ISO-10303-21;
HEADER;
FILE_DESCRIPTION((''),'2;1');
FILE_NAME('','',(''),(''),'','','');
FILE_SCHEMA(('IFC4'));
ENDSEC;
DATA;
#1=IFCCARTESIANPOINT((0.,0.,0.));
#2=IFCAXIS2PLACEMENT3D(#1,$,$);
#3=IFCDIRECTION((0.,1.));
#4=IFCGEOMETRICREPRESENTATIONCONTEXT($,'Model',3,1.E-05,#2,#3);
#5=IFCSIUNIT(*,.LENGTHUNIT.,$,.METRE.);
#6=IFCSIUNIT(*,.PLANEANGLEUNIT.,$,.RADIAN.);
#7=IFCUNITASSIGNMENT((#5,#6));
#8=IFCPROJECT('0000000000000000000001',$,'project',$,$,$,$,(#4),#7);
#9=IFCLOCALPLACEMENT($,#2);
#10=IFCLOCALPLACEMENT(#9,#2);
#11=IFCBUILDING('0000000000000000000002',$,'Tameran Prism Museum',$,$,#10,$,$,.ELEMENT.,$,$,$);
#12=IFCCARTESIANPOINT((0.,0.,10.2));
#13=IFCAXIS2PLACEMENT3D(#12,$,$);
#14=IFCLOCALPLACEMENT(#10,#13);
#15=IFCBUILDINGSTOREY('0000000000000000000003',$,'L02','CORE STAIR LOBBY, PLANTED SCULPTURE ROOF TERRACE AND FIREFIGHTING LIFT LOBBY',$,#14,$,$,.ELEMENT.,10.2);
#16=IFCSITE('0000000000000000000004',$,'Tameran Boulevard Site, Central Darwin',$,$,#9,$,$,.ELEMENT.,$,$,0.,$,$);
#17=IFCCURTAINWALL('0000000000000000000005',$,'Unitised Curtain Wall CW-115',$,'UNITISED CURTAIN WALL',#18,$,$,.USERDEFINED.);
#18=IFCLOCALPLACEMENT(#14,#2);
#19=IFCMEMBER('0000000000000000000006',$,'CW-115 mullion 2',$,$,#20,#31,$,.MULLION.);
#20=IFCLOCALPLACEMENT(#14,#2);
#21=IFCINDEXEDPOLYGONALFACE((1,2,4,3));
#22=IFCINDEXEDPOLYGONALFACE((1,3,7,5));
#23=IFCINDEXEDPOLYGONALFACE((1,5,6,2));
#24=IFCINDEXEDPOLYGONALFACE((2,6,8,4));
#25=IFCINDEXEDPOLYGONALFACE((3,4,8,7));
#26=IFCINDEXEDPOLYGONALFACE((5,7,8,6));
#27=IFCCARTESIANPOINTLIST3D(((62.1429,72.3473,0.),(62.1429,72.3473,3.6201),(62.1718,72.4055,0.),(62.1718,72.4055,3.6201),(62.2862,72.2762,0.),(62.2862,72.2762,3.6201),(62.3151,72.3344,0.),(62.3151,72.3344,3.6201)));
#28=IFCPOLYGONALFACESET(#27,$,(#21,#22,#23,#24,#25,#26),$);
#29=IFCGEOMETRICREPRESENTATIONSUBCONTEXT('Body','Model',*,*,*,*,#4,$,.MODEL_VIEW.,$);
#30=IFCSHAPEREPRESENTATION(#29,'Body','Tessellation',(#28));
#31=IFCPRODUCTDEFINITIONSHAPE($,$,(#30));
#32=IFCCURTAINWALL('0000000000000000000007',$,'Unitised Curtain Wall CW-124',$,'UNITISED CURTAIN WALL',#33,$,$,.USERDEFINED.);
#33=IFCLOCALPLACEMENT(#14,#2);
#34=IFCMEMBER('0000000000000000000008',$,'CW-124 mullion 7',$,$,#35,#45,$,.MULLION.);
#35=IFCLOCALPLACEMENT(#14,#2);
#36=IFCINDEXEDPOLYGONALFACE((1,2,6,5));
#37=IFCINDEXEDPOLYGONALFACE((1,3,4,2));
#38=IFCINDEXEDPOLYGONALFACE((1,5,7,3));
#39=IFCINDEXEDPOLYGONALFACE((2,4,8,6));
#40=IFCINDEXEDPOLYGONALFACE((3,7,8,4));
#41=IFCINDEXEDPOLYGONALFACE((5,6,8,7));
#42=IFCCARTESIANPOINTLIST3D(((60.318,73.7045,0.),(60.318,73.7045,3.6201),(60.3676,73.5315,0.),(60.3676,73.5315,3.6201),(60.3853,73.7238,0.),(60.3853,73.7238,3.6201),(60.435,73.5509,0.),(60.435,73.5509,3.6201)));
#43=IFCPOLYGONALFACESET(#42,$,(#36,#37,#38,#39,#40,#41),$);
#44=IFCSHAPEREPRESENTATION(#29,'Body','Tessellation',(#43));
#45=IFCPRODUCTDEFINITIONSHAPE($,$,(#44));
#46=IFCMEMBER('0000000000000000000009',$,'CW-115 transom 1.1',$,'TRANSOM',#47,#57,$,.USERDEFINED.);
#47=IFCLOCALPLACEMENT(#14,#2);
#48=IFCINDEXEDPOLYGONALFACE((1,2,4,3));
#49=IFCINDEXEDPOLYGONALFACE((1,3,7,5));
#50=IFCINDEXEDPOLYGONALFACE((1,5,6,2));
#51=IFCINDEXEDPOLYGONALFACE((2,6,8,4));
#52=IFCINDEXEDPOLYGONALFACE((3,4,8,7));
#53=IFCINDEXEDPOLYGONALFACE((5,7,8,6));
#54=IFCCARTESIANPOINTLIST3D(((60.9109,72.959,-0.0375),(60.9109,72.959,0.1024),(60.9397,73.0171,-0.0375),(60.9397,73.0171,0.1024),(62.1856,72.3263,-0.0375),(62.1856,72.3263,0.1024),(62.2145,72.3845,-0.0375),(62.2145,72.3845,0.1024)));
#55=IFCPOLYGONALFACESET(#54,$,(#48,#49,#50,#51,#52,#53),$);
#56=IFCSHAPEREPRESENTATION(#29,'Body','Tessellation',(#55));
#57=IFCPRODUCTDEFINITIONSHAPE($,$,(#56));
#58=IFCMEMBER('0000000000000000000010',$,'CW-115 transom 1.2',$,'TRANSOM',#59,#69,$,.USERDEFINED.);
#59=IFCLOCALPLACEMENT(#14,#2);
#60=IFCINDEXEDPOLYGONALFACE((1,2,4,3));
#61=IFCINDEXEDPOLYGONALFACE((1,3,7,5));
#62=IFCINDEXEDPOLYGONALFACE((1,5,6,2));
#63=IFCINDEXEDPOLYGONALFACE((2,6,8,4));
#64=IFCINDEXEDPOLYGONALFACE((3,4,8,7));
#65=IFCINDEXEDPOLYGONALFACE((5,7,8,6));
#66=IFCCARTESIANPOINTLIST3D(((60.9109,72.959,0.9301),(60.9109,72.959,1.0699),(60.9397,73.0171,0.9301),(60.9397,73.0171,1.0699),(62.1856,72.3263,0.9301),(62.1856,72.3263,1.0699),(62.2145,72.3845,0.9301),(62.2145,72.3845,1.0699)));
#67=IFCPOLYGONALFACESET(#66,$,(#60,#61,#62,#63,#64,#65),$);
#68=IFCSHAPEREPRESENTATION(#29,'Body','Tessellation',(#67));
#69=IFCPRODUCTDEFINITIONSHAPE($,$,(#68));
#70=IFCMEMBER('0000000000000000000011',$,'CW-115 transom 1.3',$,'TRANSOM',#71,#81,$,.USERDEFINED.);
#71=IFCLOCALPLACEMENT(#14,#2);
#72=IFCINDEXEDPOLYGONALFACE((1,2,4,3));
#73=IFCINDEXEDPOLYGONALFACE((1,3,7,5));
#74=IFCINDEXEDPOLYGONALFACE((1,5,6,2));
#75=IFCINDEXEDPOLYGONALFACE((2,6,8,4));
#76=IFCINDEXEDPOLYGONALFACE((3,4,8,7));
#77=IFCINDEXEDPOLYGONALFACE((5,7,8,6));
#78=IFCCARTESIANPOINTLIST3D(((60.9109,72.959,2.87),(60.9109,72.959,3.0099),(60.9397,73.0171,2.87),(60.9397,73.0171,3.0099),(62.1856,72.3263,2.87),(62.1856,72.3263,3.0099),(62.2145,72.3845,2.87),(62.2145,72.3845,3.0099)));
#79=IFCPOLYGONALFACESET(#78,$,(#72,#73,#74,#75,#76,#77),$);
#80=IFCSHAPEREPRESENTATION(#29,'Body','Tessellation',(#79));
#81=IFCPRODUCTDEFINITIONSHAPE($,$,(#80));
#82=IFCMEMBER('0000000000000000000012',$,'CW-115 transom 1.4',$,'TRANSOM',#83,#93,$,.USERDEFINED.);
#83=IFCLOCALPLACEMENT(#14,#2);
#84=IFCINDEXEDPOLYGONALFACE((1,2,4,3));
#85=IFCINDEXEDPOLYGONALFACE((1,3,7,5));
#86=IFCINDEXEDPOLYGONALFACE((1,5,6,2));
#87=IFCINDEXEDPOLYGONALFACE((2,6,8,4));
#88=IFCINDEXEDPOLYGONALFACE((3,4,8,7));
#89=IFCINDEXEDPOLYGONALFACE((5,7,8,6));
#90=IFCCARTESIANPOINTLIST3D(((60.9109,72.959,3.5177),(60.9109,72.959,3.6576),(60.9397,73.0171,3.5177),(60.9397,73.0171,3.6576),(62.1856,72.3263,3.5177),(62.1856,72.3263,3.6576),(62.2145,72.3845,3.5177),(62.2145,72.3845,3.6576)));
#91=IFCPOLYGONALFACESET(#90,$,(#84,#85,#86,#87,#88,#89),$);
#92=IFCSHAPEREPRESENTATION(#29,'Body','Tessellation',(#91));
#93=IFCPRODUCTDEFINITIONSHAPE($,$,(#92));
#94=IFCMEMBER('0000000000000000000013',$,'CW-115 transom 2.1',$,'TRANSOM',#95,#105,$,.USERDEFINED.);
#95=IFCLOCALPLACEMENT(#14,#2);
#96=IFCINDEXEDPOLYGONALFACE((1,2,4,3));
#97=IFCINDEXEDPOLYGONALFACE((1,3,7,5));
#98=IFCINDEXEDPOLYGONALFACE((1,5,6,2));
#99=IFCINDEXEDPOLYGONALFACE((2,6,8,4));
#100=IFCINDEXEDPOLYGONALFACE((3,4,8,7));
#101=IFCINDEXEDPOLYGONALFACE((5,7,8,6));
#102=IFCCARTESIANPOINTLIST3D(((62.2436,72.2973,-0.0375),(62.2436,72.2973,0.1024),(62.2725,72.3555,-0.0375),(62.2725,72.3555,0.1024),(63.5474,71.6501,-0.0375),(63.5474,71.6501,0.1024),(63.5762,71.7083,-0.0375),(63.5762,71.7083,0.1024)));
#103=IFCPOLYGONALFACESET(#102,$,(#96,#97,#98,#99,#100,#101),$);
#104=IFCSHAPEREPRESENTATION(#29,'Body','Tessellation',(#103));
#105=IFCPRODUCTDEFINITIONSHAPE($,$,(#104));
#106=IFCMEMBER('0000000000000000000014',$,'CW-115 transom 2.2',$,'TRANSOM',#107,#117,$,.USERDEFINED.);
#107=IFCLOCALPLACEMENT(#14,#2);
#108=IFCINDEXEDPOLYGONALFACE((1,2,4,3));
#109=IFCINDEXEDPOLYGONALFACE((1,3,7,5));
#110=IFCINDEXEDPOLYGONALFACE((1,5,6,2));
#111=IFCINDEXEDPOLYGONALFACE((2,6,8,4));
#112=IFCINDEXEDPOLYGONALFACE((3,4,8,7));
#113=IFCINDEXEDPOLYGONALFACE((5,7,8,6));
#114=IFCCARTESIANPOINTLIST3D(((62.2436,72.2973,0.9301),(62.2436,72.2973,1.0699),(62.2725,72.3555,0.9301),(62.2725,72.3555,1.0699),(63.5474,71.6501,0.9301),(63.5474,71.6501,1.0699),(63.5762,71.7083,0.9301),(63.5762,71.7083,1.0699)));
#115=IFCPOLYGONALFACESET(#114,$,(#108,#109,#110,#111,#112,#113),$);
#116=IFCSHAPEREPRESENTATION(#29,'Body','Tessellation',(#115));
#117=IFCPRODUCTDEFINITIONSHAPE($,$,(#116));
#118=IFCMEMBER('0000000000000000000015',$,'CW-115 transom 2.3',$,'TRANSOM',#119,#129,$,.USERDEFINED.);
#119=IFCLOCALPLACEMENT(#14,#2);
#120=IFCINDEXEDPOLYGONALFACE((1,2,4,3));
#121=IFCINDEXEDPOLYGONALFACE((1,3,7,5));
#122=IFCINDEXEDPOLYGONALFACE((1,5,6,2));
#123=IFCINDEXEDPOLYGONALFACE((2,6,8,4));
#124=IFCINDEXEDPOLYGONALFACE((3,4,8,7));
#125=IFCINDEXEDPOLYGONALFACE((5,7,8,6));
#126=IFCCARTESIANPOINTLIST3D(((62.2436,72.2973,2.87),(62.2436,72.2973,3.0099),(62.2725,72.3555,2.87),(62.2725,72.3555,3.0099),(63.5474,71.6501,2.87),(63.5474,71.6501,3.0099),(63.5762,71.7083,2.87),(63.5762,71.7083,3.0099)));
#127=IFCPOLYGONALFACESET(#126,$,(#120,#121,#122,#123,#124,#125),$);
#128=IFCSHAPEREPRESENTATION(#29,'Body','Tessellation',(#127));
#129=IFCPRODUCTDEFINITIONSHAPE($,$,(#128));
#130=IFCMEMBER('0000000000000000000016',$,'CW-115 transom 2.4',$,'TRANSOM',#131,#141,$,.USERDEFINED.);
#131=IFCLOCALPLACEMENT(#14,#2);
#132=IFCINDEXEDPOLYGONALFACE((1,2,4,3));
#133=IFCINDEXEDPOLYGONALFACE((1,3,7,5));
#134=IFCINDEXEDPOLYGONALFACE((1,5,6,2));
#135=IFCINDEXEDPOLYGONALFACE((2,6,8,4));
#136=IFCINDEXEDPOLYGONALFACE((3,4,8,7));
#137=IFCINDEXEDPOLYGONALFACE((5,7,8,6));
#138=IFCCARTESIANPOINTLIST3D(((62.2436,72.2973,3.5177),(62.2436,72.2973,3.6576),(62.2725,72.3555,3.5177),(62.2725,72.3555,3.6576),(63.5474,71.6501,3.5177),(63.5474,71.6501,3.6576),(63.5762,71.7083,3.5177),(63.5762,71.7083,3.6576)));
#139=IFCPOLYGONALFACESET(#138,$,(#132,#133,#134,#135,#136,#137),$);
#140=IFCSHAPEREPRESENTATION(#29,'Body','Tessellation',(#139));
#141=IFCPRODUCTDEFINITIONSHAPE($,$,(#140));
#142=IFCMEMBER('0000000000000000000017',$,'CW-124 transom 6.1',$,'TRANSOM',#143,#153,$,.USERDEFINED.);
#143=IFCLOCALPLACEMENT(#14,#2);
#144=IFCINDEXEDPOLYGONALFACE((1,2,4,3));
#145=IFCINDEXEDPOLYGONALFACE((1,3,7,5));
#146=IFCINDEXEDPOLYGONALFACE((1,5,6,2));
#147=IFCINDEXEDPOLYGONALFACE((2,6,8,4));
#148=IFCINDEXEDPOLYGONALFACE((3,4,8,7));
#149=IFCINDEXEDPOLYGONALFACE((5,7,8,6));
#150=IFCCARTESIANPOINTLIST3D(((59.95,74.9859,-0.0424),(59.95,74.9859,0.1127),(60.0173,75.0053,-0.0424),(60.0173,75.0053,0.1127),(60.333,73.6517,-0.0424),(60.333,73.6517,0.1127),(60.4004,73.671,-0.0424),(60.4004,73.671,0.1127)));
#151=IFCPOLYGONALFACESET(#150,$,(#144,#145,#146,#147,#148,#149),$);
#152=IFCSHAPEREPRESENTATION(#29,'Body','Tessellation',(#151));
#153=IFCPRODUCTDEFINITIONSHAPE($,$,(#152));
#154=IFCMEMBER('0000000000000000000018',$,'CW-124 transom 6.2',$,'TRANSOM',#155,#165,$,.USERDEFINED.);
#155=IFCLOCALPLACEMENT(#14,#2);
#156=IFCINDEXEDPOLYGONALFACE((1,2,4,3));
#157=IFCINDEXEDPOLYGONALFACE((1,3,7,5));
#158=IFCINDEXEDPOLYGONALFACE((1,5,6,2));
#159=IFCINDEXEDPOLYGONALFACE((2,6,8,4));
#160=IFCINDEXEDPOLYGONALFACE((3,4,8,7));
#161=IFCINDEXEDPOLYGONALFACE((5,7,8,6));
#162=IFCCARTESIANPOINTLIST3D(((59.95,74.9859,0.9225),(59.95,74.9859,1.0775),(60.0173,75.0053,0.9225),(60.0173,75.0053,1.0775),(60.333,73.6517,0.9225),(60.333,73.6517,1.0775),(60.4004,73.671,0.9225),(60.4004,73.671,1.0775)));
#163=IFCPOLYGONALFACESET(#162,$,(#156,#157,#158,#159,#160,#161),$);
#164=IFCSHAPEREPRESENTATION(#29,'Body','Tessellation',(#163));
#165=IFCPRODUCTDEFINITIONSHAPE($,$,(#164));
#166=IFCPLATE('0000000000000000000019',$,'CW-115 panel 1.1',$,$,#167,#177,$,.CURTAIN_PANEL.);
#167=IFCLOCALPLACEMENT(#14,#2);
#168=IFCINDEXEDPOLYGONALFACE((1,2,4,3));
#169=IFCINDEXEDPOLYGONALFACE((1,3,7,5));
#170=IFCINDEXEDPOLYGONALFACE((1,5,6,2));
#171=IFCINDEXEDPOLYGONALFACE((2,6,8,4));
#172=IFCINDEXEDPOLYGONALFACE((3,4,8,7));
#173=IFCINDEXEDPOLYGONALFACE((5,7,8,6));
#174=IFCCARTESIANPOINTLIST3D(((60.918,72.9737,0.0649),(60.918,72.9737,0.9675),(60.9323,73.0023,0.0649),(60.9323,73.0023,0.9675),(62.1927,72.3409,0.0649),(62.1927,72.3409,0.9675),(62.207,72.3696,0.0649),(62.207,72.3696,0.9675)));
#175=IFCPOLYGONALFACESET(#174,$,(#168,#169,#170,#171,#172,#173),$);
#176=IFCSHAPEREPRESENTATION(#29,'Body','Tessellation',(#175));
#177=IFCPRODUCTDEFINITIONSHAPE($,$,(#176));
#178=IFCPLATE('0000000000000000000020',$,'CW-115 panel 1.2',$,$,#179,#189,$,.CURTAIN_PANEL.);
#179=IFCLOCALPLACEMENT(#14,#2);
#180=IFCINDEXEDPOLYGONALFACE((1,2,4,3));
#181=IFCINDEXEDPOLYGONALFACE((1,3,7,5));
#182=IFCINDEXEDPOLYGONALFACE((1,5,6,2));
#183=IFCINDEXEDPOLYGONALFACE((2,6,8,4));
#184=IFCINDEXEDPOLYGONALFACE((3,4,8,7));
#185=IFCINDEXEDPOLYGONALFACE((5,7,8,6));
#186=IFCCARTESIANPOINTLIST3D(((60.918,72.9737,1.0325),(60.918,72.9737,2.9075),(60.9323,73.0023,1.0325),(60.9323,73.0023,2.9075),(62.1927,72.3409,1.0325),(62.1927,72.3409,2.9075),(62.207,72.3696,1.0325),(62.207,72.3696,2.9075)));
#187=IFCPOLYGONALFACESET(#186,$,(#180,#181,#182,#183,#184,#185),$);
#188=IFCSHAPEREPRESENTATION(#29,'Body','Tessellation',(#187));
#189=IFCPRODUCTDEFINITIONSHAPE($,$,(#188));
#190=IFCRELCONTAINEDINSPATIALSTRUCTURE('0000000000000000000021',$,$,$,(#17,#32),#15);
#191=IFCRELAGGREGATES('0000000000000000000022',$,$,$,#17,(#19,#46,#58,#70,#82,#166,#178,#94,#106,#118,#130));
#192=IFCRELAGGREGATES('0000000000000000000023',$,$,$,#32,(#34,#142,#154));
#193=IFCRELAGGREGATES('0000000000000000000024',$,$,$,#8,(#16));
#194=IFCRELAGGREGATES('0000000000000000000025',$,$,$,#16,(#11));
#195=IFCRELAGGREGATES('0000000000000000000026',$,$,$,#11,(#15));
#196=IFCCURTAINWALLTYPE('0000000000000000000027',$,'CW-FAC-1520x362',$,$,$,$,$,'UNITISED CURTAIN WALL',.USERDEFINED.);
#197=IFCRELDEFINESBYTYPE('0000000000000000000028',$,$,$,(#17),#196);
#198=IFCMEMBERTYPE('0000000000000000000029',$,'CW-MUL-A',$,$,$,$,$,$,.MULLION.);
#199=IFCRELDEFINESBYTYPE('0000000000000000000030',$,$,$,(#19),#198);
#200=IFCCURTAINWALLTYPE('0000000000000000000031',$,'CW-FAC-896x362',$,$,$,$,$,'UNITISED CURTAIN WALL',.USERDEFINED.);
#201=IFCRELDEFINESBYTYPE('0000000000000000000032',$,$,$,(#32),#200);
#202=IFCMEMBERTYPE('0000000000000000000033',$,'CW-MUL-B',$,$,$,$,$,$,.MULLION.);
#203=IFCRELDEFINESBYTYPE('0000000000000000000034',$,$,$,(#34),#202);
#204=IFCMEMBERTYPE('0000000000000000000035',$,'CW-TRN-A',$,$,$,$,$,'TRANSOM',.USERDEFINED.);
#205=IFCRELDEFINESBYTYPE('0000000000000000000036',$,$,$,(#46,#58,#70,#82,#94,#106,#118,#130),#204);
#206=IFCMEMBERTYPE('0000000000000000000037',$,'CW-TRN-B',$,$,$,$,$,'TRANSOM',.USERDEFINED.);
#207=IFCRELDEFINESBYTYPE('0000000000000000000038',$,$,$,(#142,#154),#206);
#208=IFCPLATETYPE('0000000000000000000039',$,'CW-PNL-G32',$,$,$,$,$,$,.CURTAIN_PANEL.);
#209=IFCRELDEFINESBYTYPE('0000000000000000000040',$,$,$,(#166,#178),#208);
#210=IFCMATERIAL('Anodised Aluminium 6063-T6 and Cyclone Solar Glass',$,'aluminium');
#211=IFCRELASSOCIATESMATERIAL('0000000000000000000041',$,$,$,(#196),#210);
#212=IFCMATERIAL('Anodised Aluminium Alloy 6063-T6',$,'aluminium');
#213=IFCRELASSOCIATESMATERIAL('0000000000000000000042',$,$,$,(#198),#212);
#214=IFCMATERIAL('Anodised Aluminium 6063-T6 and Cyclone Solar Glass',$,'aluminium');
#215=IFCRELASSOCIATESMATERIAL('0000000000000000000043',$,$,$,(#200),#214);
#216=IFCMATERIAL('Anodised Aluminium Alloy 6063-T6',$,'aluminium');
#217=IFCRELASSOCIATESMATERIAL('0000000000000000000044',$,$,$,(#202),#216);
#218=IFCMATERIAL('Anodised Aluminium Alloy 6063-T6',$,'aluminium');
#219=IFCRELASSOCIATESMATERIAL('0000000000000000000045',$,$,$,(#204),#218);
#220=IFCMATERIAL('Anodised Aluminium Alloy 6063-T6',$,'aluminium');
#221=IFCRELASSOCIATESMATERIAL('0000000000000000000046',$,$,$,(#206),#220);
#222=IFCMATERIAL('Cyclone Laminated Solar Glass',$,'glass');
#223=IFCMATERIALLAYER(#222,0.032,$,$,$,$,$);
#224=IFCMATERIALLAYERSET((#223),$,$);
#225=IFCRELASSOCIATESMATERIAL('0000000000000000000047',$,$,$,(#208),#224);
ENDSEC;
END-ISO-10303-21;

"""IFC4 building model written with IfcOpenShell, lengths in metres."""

from ifc_helpers import new_model, si_unit, direction, frame, origin, origin_2d, place, context, subcontext, project, spatial, rectangle, extrude, material, layer, layer_set, material_profile, profile_set, type_object, element, aggregate, save


model = new_model("IFC4")

# Units and contexts
model_context = context("Model", 3, precision=1e-05, world=origin(), true_north=direction((0.0, 1.0)))
body_context = subcontext(model_context, "Body", "Model", "MODEL_VIEW")
ifc_project = project(units=[si_unit("LENGTHUNIT", "METRE"), si_unit("PLANEANGLEUNIT", "RADIAN")], contexts=[model_context])

# Site, building, storey
site_placement = place(None, origin())
site = spatial("IfcSite", under=ifc_project, at=site_placement, Name="Tameran Boulevard Site, Central Darwin", CompositionType="ELEMENT", RefElevation=0.0)
building_placement = place(site_placement, origin())
building = spatial("IfcBuilding", under=site, at=building_placement, Name="Tameran Prism Museum", CompositionType="ELEMENT")
storey_placement = place(building_placement, frame((0.0, 0.0, 10.2)))
storey = spatial("IfcBuildingStorey", under=building, at=storey_placement, Name="L02", Description="CORE STAIR LOBBY, PLANTED SCULPTURE ROOF TERRACE AND FIREFIGHTING LIFT LOBBY", CompositionType="ELEMENT", Elevation=10.2)

# Curtain wall, member
ifc_material_1 = material(Name="Anodised Aluminium 6063-T6 and Cyclone Solar Glass", Category="aluminium")
curtain_wall_type_1 = type_object("IfcCurtainWallType", Name="CW-FAC-1520x362", ElementType="UNITISED CURTAIN WALL", PredefinedType="USERDEFINED", material=ifc_material_1)
curtain_wall_1_placement = place(storey_placement, origin())
curtain_wall_1 = element("IfcCurtainWall", 1, at=curtain_wall_1_placement, inside=storey, type_object=curtain_wall_type_1, Name="Unitised Curtain Wall CW-115", ObjectType="UNITISED CURTAIN WALL", PredefinedType="USERDEFINED")
ifc_material_2 = material(Name="Anodised Aluminium Alloy 6063-T6", Category="aluminium")
ifc_material_profile_1 = material_profile(ifc_material_2, rectangle(XDim=0.0649, YDim=0.1599, at=origin_2d()))
ifc_profile_set_1 = profile_set([ifc_material_profile_1])
member_type_1 = type_object("IfcMemberType", Name="CW-MUL-A", PredefinedType="MULLION", material=ifc_profile_set_1)
member_1_placement = place(storey_placement, frame((62.229, 72.3408, 0.0), z_axis=(0.0, 0.0, 1.0), x_axis=(0.444634, 0.895712, 0.0)))
member_1 = element("IfcMember", 2, at=member_1_placement, type_object=member_type_1, Name="CW-115 mullion 2", PredefinedType="MULLION", context=body_context, shape_type="SweptSolid", body=[
    extrude(rectangle(XDim=0.0649, YDim=0.1599, at=origin_2d()), origin(), (0.0, 0.0, 1.0), 3.6201),
])

# Curtain wall, member
ifc_material_3 = material(Name="Anodised Aluminium 6063-T6 and Cyclone Solar Glass", Category="aluminium")
curtain_wall_type_2 = type_object("IfcCurtainWallType", Name="CW-FAC-896x362", ElementType="UNITISED CURTAIN WALL", PredefinedType="USERDEFINED", material=ifc_material_3)
curtain_wall_2_placement = place(storey_placement, origin())
curtain_wall_2 = element("IfcCurtainWall", 3, at=curtain_wall_2_placement, inside=storey, type_object=curtain_wall_type_2, Name="Unitised Curtain Wall CW-124", ObjectType="UNITISED CURTAIN WALL", PredefinedType="USERDEFINED")
ifc_material_4 = material(Name="Anodised Aluminium Alloy 6063-T6", Category="aluminium")
ifc_material_profile_2 = material_profile(ifc_material_4, rectangle(XDim=0.0701, YDim=0.1799, at=origin_2d()))
ifc_profile_set_2 = profile_set([ifc_material_profile_2])
member_type_2 = type_object("IfcMemberType", Name="CW-MUL-B", PredefinedType="MULLION", material=ifc_profile_set_2)
member_2_placement = place(storey_placement, frame((60.3765, 73.6277, 0.0), z_axis=(0.0, 0.0, 1.0), x_axis=(0.961186, 0.2759, 0.0)))
member_2 = element("IfcMember", 4, at=member_2_placement, type_object=member_type_2, Name="CW-124 mullion 7", PredefinedType="MULLION", context=body_context, shape_type="SweptSolid", body=[
    extrude(rectangle(XDim=0.0701, YDim=0.1799, at=origin_2d()), origin(), (0.0, 0.0, 1.0), 3.6201),
])

# Members
ifc_material_5 = material(Name="Anodised Aluminium Alloy 6063-T6", Category="aluminium")
ifc_material_profile_3 = material_profile(ifc_material_5, rectangle(XDim=0.0649, YDim=0.1399, at=origin_2d()))
ifc_profile_set_3 = profile_set([ifc_material_profile_3])
member_type_3 = type_object("IfcMemberType", Name="CW-TRN-A", ElementType="TRANSOM", PredefinedType="USERDEFINED", material=ifc_profile_set_3)
member_3_placement = place(storey_placement, frame((60.9253, 72.988, 0.0325), z_axis=(0.895761, -0.444535, 0.0), x_axis=(0.444535, 0.895761, 0.0)))
member_3 = element("IfcMember", 5, at=member_3_placement, type_object=member_type_3, Name="CW-115 transom 1.1", ObjectType="TRANSOM", PredefinedType="USERDEFINED", context=body_context, shape_type="SweptSolid", body=[
    extrude(rectangle(XDim=0.0649, YDim=0.1399, at=origin_2d()), origin(), (0.0, 0.0, 1.0), 1.4231),
])
member_4_placement = place(storey_placement, frame((60.9253, 72.988, 1.0), z_axis=(0.895761, -0.444535, 0.0), x_axis=(0.444535, 0.895761, 0.0)))
member_4 = element("IfcMember", 6, at=member_4_placement, type_object=member_type_3, Name="CW-115 transom 1.2", ObjectType="TRANSOM", PredefinedType="USERDEFINED", context=body_context, shape_type="SweptSolid", body=[
    extrude(rectangle(XDim=0.0649, YDim=0.1399, at=origin_2d()), origin(), (0.0, 0.0, 1.0), 1.4231),
])
member_5_placement = place(storey_placement, frame((60.9253, 72.988, 2.9399), z_axis=(0.895761, -0.444535, 0.0), x_axis=(0.444535, 0.895761, 0.0)))
member_5 = element("IfcMember", 7, at=member_5_placement, type_object=member_type_3, Name="CW-115 transom 1.3", ObjectType="TRANSOM", PredefinedType="USERDEFINED", context=body_context, shape_type="SweptSolid", body=[
    extrude(rectangle(XDim=0.0649, YDim=0.1399, at=origin_2d()), origin(), (0.0, 0.0, 1.0), 1.4231),
])
member_6_placement = place(storey_placement, frame((60.9253, 72.988, 3.5876), z_axis=(0.895761, -0.444535, 0.0), x_axis=(0.444535, 0.895761, 0.0)))
member_6 = element("IfcMember", 8, at=member_6_placement, type_object=member_type_3, Name="CW-115 transom 1.4", ObjectType="TRANSOM", PredefinedType="USERDEFINED", context=body_context, shape_type="SweptSolid", body=[
    extrude(rectangle(XDim=0.0649, YDim=0.1399, at=origin_2d()), origin(), (0.0, 0.0, 1.0), 1.4231),
])
member_7_placement = place(storey_placement, frame((62.2581, 72.3264, 0.0325), z_axis=(0.895698, -0.444662, 0.0), x_axis=(0.444662, 0.895698, 0.0)))
member_7 = element("IfcMember", 9, at=member_7_placement, type_object=member_type_3, Name="CW-115 transom 2.1", ObjectType="TRANSOM", PredefinedType="USERDEFINED", context=body_context, shape_type="SweptSolid", body=[
    extrude(rectangle(XDim=0.0649, YDim=0.1399, at=origin_2d()), origin(), (0.0, 0.0, 1.0), 1.4556),
])
member_8_placement = place(storey_placement, frame((62.2581, 72.3264, 1.0), z_axis=(0.895698, -0.444662, 0.0), x_axis=(0.444662, 0.895698, 0.0)))
member_8 = element("IfcMember", 10, at=member_8_placement, type_object=member_type_3, Name="CW-115 transom 2.2", ObjectType="TRANSOM", PredefinedType="USERDEFINED", context=body_context, shape_type="SweptSolid", body=[
    extrude(rectangle(XDim=0.0649, YDim=0.1399, at=origin_2d()), origin(), (0.0, 0.0, 1.0), 1.4556),
])
member_9_placement = place(storey_placement, frame((62.2581, 72.3264, 2.9399), z_axis=(0.895698, -0.444662, 0.0), x_axis=(0.444662, 0.895698, 0.0)))
member_9 = element("IfcMember", 11, at=member_9_placement, type_object=member_type_3, Name="CW-115 transom 2.3", ObjectType="TRANSOM", PredefinedType="USERDEFINED", context=body_context, shape_type="SweptSolid", body=[
    extrude(rectangle(XDim=0.0649, YDim=0.1399, at=origin_2d()), origin(), (0.0, 0.0, 1.0), 1.4556),
])
member_10_placement = place(storey_placement, frame((62.2581, 72.3264, 3.5876), z_axis=(0.895698, -0.444662, 0.0), x_axis=(0.444662, 0.895698, 0.0)))
member_10 = element("IfcMember", 12, at=member_10_placement, type_object=member_type_3, Name="CW-115 transom 2.4", ObjectType="TRANSOM", PredefinedType="USERDEFINED", context=body_context, shape_type="SweptSolid", body=[
    extrude(rectangle(XDim=0.0649, YDim=0.1399, at=origin_2d()), origin(), (0.0, 0.0, 1.0), 1.4556),
])
ifc_material_6 = material(Name="Anodised Aluminium Alloy 6063-T6", Category="aluminium")
ifc_material_profile_4 = material_profile(ifc_material_6, rectangle(XDim=0.0701, YDim=0.155, at=origin_2d()))
ifc_profile_set_4 = profile_set([ifc_material_profile_4])
member_type_4 = type_object("IfcMemberType", Name="CW-TRN-B", ElementType="TRANSOM", PredefinedType="USERDEFINED", material=ifc_profile_set_4)
member_11_placement = place(storey_placement, frame((59.9836, 74.9956, 0.0352), z_axis=(0.275952, -0.961171, 0.0), x_axis=(0.961171, 0.275952, 0.0)))
member_11 = element("IfcMember", 13, at=member_11_placement, type_object=member_type_4, Name="CW-124 transom 6.1", ObjectType="TRANSOM", PredefinedType="USERDEFINED", context=body_context, shape_type="SweptSolid", body=[
    extrude(rectangle(XDim=0.0701, YDim=0.155, at=origin_2d()), origin(), (0.0, 0.0, 1.0), 1.3882),
])
member_12_placement = place(storey_placement, frame((59.9836, 74.9956, 1.0), z_axis=(0.275952, -0.961171, 0.0), x_axis=(0.961171, 0.275952, 0.0)))
member_12 = element("IfcMember", 14, at=member_12_placement, type_object=member_type_4, Name="CW-124 transom 6.2", ObjectType="TRANSOM", PredefinedType="USERDEFINED", context=body_context, shape_type="SweptSolid", body=[
    extrude(rectangle(XDim=0.0701, YDim=0.155, at=origin_2d()), origin(), (0.0, 0.0, 1.0), 1.3882),
])

# Plates
ifc_material_7 = material(Name="Cyclone Laminated Solar Glass", Category="glass")
ifc_layer_1 = layer(ifc_material_7, 0.032)
ifc_layer_set_1 = layer_set([ifc_layer_1])
plate_type = type_object("IfcPlateType", Name="CW-PNL-G32", PredefinedType="CURTAIN_PANEL", material=ifc_layer_set_1)
plate_1_placement = place(storey_placement, frame((61.5625, 72.6716, 0.0649), z_axis=(0.0, 0.0, 1.0), x_axis=(0.895712, -0.444634, 0.0)))
plate_1 = element("IfcPlate", 15, at=plate_1_placement, type_object=plate_type, Name="CW-115 panel 1.1", PredefinedType="CURTAIN_PANEL", context=body_context, shape_type="SweptSolid", body=[
    extrude(rectangle(XDim=1.4231, YDim=0.032, at=origin_2d()), origin(), (0.0, 0.0, 1.0), 0.9026),
])
plate_2_placement = place(storey_placement, frame((61.5625, 72.6716, 1.0325), z_axis=(0.0, 0.0, 1.0), x_axis=(0.895712, -0.444634, 0.0)))
plate_2 = element("IfcPlate", 16, at=plate_2_placement, type_object=plate_type, Name="CW-115 panel 1.2", PredefinedType="CURTAIN_PANEL", context=body_context, shape_type="SweptSolid", body=[
    extrude(rectangle(XDim=1.4231, YDim=0.032, at=origin_2d()), origin(), (0.0, 0.0, 1.0), 1.875),
])
aggregate(curtain_wall_1, [member_1, member_3, member_4, member_5, member_6, plate_1, plate_2, member_7, member_8, member_9, member_10])
aggregate(curtain_wall_2, [member_2, member_11, member_12])

save(model, "model.ifc")
